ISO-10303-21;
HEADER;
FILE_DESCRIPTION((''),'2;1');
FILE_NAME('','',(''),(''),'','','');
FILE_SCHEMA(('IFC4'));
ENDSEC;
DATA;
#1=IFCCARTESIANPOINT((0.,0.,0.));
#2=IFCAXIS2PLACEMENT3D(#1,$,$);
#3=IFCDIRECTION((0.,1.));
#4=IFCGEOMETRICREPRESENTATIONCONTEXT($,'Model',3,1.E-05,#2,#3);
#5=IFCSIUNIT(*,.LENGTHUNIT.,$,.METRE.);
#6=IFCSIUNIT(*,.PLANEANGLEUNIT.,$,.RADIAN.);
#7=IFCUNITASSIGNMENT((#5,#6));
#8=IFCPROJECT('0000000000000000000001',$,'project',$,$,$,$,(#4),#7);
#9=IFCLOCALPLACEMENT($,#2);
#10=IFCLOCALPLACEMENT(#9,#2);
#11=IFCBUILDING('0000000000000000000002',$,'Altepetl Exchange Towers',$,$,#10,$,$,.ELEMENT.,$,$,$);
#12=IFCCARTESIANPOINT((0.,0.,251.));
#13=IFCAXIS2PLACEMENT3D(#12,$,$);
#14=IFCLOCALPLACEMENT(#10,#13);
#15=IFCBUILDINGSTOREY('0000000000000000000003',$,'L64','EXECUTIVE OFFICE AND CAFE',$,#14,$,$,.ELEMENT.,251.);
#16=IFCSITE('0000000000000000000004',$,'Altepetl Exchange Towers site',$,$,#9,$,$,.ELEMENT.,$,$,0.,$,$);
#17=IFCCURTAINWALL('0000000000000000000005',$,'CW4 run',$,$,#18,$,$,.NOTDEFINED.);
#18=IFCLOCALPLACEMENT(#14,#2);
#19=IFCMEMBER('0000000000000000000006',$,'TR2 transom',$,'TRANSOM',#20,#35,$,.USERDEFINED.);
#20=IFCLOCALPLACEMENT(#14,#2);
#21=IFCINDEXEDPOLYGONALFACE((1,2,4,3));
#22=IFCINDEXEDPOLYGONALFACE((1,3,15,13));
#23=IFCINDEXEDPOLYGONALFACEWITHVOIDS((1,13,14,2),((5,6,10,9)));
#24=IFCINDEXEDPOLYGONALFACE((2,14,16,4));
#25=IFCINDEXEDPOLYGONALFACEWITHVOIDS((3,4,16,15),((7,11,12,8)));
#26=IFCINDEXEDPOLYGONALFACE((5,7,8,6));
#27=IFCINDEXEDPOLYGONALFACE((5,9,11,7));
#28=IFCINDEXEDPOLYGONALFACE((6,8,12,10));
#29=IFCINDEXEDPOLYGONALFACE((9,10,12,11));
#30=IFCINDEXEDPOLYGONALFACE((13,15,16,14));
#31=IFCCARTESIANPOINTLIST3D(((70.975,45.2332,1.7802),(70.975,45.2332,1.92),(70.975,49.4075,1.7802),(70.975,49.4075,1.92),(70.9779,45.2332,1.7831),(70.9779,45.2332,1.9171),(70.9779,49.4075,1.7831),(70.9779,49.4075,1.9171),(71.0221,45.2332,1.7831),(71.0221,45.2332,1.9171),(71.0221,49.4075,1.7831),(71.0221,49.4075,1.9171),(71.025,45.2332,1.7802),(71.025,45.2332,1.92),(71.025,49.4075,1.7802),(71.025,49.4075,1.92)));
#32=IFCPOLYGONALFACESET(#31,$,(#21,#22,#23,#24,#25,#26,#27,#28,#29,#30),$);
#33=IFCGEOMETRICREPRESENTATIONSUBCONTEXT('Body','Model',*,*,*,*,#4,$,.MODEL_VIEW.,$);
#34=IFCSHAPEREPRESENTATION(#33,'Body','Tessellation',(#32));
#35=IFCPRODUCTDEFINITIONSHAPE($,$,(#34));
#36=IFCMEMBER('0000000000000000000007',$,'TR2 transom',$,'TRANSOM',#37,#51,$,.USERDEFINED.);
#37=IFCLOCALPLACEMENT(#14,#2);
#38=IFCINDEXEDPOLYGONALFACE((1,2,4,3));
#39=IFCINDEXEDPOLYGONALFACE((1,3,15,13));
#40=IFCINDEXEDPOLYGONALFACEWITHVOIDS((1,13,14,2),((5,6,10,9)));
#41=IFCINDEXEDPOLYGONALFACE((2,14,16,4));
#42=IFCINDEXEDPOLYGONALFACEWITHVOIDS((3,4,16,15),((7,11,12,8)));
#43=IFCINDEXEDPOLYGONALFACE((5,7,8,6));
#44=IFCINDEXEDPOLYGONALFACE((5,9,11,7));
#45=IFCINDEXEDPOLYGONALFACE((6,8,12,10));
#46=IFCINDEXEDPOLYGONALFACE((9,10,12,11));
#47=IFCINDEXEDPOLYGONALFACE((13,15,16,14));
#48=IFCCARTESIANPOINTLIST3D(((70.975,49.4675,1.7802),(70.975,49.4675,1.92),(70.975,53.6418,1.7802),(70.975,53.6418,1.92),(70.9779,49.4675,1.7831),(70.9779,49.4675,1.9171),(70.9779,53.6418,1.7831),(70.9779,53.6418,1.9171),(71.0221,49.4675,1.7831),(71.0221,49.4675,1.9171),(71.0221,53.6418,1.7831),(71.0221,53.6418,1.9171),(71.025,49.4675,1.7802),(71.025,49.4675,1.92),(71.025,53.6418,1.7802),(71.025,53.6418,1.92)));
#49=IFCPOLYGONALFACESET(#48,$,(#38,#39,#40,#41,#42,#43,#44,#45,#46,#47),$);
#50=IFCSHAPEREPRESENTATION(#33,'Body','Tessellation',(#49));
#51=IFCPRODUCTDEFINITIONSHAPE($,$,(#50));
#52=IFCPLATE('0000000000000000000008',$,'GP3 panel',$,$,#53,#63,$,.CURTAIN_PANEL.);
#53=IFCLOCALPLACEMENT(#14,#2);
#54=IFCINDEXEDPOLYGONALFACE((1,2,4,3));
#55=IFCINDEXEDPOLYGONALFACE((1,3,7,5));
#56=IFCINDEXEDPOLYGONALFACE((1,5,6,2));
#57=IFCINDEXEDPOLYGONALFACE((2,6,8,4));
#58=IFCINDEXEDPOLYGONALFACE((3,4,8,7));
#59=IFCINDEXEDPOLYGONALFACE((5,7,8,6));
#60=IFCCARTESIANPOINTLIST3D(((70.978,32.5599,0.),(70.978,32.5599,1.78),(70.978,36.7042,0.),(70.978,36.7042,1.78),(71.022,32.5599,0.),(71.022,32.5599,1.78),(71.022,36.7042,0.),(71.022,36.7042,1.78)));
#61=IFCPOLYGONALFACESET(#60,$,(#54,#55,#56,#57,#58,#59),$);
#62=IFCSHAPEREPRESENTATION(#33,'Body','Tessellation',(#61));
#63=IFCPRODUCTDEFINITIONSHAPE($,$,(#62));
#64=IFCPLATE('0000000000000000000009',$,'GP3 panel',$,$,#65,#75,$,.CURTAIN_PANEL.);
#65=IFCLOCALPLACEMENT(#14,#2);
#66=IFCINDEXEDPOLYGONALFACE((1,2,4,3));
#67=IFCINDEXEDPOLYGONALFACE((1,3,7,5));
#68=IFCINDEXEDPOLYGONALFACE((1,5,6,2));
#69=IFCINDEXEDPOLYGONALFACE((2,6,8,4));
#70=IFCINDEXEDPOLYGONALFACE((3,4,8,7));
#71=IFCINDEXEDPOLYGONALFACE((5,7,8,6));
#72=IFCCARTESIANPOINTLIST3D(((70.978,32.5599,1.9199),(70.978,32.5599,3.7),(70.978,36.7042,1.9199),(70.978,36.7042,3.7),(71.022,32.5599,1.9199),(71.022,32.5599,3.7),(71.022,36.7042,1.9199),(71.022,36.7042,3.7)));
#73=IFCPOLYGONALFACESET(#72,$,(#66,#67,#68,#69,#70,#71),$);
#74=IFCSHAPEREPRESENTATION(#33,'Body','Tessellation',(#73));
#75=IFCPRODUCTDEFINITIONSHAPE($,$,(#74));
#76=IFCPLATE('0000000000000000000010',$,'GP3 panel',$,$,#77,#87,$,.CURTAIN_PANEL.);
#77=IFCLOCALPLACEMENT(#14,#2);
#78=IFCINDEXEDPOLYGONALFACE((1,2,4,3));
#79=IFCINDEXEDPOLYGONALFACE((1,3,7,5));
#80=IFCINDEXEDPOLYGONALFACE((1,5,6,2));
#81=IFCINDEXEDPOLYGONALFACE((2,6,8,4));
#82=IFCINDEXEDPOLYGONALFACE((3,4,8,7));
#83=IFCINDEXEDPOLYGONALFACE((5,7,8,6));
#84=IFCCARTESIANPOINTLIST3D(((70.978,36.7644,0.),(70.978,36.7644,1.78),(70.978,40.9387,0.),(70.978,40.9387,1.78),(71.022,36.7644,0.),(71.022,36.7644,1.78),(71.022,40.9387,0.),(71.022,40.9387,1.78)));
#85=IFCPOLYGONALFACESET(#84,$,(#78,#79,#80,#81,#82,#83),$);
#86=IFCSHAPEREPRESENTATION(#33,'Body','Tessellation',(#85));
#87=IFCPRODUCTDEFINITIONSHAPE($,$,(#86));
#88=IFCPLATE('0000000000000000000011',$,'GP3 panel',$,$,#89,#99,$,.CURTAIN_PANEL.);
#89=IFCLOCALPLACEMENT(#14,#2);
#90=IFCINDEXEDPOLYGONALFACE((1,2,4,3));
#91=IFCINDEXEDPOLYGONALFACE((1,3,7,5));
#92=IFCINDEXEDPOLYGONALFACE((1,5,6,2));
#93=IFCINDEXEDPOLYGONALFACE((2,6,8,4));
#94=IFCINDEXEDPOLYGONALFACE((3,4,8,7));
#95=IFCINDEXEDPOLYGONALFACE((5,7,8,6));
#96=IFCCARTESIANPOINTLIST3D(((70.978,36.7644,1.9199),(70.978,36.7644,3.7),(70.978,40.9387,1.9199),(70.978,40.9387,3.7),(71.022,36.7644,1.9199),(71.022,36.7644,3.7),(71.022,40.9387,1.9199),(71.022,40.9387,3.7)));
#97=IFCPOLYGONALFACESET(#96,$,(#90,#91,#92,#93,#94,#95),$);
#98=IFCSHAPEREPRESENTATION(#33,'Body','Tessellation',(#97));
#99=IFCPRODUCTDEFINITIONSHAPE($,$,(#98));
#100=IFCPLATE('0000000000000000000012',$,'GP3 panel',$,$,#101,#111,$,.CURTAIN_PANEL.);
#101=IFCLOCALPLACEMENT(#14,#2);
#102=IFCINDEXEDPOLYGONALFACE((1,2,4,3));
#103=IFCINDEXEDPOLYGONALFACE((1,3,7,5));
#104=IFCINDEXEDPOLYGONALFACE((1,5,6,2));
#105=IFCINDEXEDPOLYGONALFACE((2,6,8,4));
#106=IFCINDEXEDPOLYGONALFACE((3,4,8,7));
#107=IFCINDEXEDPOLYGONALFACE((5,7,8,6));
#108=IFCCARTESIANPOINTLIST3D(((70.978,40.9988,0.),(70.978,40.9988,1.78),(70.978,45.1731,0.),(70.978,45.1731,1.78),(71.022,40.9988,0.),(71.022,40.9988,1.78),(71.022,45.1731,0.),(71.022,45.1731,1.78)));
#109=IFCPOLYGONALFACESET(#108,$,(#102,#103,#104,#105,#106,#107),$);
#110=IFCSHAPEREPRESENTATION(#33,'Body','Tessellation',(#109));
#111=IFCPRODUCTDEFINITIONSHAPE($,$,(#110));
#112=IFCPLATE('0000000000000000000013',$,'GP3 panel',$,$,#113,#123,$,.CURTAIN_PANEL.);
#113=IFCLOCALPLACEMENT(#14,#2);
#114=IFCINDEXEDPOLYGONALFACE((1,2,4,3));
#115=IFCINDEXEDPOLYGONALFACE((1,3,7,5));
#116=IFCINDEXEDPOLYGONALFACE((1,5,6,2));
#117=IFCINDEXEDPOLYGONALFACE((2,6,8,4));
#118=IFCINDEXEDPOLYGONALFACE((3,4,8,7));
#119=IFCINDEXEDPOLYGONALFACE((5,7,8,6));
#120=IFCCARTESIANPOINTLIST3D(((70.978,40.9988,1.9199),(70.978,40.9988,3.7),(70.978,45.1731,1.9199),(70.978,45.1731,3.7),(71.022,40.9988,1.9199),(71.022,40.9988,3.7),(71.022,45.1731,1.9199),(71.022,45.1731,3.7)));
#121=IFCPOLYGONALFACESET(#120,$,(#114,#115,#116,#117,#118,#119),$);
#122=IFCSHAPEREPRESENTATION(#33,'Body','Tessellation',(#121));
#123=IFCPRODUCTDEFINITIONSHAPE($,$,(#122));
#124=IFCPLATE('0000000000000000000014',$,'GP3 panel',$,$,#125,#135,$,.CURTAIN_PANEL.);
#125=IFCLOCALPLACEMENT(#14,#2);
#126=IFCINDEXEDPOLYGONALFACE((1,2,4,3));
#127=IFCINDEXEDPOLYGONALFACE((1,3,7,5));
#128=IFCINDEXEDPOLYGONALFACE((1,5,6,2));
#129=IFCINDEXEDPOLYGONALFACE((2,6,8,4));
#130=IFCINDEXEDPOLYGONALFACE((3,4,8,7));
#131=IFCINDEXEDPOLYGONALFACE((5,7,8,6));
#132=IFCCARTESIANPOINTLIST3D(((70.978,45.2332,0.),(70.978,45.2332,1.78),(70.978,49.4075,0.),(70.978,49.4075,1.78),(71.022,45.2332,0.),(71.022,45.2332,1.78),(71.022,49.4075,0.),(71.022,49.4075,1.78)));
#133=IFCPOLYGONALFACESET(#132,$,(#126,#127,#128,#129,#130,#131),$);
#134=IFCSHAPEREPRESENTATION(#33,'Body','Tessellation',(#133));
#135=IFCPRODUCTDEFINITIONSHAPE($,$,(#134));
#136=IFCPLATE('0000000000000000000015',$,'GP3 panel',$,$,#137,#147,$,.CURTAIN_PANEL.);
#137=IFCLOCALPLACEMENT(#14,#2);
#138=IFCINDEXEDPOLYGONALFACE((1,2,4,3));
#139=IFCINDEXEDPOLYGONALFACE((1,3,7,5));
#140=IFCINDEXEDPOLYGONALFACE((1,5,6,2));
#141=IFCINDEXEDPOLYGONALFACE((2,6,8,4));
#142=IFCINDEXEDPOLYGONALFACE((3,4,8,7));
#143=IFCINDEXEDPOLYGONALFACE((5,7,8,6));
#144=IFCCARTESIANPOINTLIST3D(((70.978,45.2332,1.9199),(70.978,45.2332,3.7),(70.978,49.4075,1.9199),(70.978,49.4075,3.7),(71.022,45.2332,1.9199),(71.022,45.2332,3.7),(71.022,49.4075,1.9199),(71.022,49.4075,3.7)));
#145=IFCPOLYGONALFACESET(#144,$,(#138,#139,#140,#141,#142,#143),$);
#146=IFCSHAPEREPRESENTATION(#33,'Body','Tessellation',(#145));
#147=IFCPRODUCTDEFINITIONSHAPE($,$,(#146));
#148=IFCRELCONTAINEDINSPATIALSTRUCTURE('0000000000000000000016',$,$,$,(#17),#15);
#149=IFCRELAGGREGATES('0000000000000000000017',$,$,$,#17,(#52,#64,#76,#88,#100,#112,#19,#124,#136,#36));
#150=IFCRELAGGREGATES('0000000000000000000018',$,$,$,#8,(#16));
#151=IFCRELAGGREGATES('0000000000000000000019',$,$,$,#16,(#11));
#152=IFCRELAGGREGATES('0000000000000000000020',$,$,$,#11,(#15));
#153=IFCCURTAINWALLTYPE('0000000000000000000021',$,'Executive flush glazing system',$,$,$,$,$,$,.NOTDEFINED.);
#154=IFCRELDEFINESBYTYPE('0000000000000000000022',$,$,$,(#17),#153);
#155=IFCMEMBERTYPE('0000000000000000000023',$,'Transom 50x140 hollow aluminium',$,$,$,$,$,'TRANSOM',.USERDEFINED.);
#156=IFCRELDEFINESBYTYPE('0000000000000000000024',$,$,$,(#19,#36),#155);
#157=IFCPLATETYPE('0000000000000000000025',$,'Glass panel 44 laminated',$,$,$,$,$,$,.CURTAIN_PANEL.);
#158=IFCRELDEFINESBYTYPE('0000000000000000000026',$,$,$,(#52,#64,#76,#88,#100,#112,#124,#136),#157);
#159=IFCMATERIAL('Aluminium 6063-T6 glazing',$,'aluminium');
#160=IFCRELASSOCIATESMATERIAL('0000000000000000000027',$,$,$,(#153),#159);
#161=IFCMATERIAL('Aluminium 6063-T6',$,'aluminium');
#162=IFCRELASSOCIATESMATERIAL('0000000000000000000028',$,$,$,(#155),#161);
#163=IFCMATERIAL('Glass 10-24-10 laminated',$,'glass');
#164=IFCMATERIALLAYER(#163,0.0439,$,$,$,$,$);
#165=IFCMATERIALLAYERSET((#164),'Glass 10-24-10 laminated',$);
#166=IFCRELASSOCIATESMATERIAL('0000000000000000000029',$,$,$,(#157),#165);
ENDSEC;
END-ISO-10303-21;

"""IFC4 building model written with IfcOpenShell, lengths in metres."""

from ifc_helpers import new_model, si_unit, direction, frame, origin, origin_2d, place, context, subcontext, project, spatial, rectangle, hollow_rectangle, extrude, material, layer, layer_set, material_profile, profile_set, type_object, element, aggregate, save


model = new_model("IFC4")

# Units and contexts
model_context = context("Model", 3, precision=1e-05, world=origin(), true_north=direction((0.0, 1.0)))
body_context = subcontext(model_context, "Body", "Model", "MODEL_VIEW")
ifc_project = project(units=[si_unit("LENGTHUNIT", "METRE"), si_unit("PLANEANGLEUNIT", "RADIAN")], contexts=[model_context])

# Site, building, storey
site_placement = place(None, origin())
site = spatial("IfcSite", under=ifc_project, at=site_placement, Name="Altepetl Exchange Towers site", CompositionType="ELEMENT", RefElevation=0.0)
building_placement = place(site_placement, origin())
building = spatial("IfcBuilding", under=site, at=building_placement, Name="Altepetl Exchange Towers", CompositionType="ELEMENT")
storey_placement = place(building_placement, frame((0.0, 0.0, 251.0)))
storey = spatial("IfcBuildingStorey", under=building, at=storey_placement, Name="L64", Description="EXECUTIVE OFFICE AND CAFE", CompositionType="ELEMENT", Elevation=251.0)

# Curtain wall
ifc_material_1 = material(Name="Aluminium 6063-T6 glazing", Category="aluminium")
curtain_wall_type = type_object("IfcCurtainWallType", Name="Executive flush glazing system", PredefinedType="NOTDEFINED", material=ifc_material_1)
curtain_wall_placement = place(storey_placement, origin())
curtain_wall = element("IfcCurtainWall", 1, at=curtain_wall_placement, inside=storey, type_object=curtain_wall_type, Name="CW4 run", PredefinedType="NOTDEFINED")
ifc_material_2 = material(Name="Aluminium 6063-T6", Category="aluminium")

# Members
ifc_material_profile_1 = material_profile(ifc_material_2, hollow_rectangle(XDim=0.05, YDim=0.1399, WallThickness=0.0029, at=origin_2d()), Name="Transom 50x140 hollow aluminium")
ifc_profile_set_1 = profile_set([ifc_material_profile_1], Name="Aluminium 6063-T6")
member_type_1 = type_object("IfcMemberType", Name="Transom 50x140 hollow aluminium", ElementType="TRANSOM", PredefinedType="USERDEFINED", material=ifc_profile_set_1)
member_1_placement = place(storey_placement, frame((71.0, 45.2332, 1.8501), z_axis=(0.0, 1.0, 0.0), x_axis=(-1.0, 0.0, 0.0)))
member_1 = element("IfcMember", 2, at=member_1_placement, type_object=member_type_1, Name="TR2 transom", ObjectType="TRANSOM", PredefinedType="USERDEFINED", context=body_context, shape_type="SweptSolid", body=[
    extrude(hollow_rectangle(XDim=0.05, YDim=0.1399, WallThickness=0.0029, at=origin_2d()), origin(), (0.0, 0.0, 1.0), 4.1743),
])
member_2_placement = place(storey_placement, frame((71.0, 49.4675, 1.8501), z_axis=(0.0, 1.0, 0.0), x_axis=(-1.0, 0.0, 0.0)))
member_2 = element("IfcMember", 3, at=member_2_placement, type_object=member_type_1, Name="TR2 transom", ObjectType="TRANSOM", PredefinedType="USERDEFINED", context=body_context, shape_type="SweptSolid", body=[
    extrude(hollow_rectangle(XDim=0.05, YDim=0.1399, WallThickness=0.0029, at=origin_2d()), origin(), (0.0, 0.0, 1.0), 4.1743),
])

# Plates
ifc_material_3 = material(Name="Glass 10-24-10 laminated", Category="glass")
ifc_layer = layer(ifc_material_3, 0.0439)
ifc_layer_set = layer_set([ifc_layer], Name="Glass 10-24-10 laminated")
plate_type = type_object("IfcPlateType", Name="Glass panel 44 laminated", PredefinedType="CURTAIN_PANEL", material=ifc_layer_set)
plate_1_placement = place(storey_placement, frame((71.0, 34.6321, 0.0), z_axis=(0.0, 0.0, 1.0), x_axis=(0.0, 1.0, 0.0)))
plate_1 = element("IfcPlate", 4, at=plate_1_placement, type_object=plate_type, Name="GP3 panel", PredefinedType="CURTAIN_PANEL", context=body_context, shape_type="SweptSolid", body=[
    extrude(rectangle(XDim=4.1443, YDim=0.0439, at=origin_2d()), origin(), (0.0, 0.0, 1.0), 1.78),
])
plate_2_placement = place(storey_placement, frame((71.0, 34.6321, 1.9199), z_axis=(0.0, 0.0, 1.0), x_axis=(0.0, 1.0, 0.0)))
plate_2 = element("IfcPlate", 5, at=plate_2_placement, type_object=plate_type, Name="GP3 panel", PredefinedType="CURTAIN_PANEL", context=body_context, shape_type="SweptSolid", body=[
    extrude(rectangle(XDim=4.1443, YDim=0.0439, at=origin_2d()), origin(), (0.0, 0.0, 1.0), 1.78),
])
plate_3_placement = place(storey_placement, frame((71.0, 38.8516, 0.0), z_axis=(0.0, 0.0, 1.0), x_axis=(0.0, 1.0, 0.0)))
plate_3 = element("IfcPlate", 6, at=plate_3_placement, type_object=plate_type, Name="GP3 panel", PredefinedType="CURTAIN_PANEL", context=body_context, shape_type="SweptSolid", body=[
    extrude(rectangle(XDim=4.1743, YDim=0.0439, at=origin_2d()), origin(), (0.0, 0.0, 1.0), 1.78),
])
plate_4_placement = place(storey_placement, frame((71.0, 38.8516, 1.9199), z_axis=(0.0, 0.0, 1.0), x_axis=(0.0, 1.0, 0.0)))
plate_4 = element("IfcPlate", 7, at=plate_4_placement, type_object=plate_type, Name="GP3 panel", PredefinedType="CURTAIN_PANEL", context=body_context, shape_type="SweptSolid", body=[
    extrude(rectangle(XDim=4.1743, YDim=0.0439, at=origin_2d()), origin(), (0.0, 0.0, 1.0), 1.78),
])
plate_5_placement = place(storey_placement, frame((71.0, 43.0859, 0.0), z_axis=(0.0, 0.0, 1.0), x_axis=(0.0, 1.0, 0.0)))
plate_5 = element("IfcPlate", 8, at=plate_5_placement, type_object=plate_type, Name="GP3 panel", PredefinedType="CURTAIN_PANEL", context=body_context, shape_type="SweptSolid", body=[
    extrude(rectangle(XDim=4.1743, YDim=0.0439, at=origin_2d()), origin(), (0.0, 0.0, 1.0), 1.78),
])
plate_6_placement = place(storey_placement, frame((71.0, 43.0859, 1.9199), z_axis=(0.0, 0.0, 1.0), x_axis=(0.0, 1.0, 0.0)))
plate_6 = element("IfcPlate", 9, at=plate_6_placement, type_object=plate_type, Name="GP3 panel", PredefinedType="CURTAIN_PANEL", context=body_context, shape_type="SweptSolid", body=[
    extrude(rectangle(XDim=4.1743, YDim=0.0439, at=origin_2d()), origin(), (0.0, 0.0, 1.0), 1.78),
])
plate_7_placement = place(storey_placement, frame((71.0, 47.3203, 0.0), z_axis=(0.0, 0.0, 1.0), x_axis=(0.0, 1.0, 0.0)))
plate_7 = element("IfcPlate", 10, at=plate_7_placement, type_object=plate_type, Name="GP3 panel", PredefinedType="CURTAIN_PANEL", context=body_context, shape_type="SweptSolid", body=[
    extrude(rectangle(XDim=4.1743, YDim=0.0439, at=origin_2d()), origin(), (0.0, 0.0, 1.0), 1.78),
])
plate_8_placement = place(storey_placement, frame((71.0, 47.3203, 1.9199), z_axis=(0.0, 0.0, 1.0), x_axis=(0.0, 1.0, 0.0)))
plate_8 = element("IfcPlate", 11, at=plate_8_placement, type_object=plate_type, Name="GP3 panel", PredefinedType="CURTAIN_PANEL", context=body_context, shape_type="SweptSolid", body=[
    extrude(rectangle(XDim=4.1743, YDim=0.0439, at=origin_2d()), origin(), (0.0, 0.0, 1.0), 1.78),
])
aggregate(curtain_wall, [plate_1, plate_2, plate_3, plate_4, plate_5, plate_6, member_1, plate_7, plate_8, member_2])

save(model, "model.ifc")
